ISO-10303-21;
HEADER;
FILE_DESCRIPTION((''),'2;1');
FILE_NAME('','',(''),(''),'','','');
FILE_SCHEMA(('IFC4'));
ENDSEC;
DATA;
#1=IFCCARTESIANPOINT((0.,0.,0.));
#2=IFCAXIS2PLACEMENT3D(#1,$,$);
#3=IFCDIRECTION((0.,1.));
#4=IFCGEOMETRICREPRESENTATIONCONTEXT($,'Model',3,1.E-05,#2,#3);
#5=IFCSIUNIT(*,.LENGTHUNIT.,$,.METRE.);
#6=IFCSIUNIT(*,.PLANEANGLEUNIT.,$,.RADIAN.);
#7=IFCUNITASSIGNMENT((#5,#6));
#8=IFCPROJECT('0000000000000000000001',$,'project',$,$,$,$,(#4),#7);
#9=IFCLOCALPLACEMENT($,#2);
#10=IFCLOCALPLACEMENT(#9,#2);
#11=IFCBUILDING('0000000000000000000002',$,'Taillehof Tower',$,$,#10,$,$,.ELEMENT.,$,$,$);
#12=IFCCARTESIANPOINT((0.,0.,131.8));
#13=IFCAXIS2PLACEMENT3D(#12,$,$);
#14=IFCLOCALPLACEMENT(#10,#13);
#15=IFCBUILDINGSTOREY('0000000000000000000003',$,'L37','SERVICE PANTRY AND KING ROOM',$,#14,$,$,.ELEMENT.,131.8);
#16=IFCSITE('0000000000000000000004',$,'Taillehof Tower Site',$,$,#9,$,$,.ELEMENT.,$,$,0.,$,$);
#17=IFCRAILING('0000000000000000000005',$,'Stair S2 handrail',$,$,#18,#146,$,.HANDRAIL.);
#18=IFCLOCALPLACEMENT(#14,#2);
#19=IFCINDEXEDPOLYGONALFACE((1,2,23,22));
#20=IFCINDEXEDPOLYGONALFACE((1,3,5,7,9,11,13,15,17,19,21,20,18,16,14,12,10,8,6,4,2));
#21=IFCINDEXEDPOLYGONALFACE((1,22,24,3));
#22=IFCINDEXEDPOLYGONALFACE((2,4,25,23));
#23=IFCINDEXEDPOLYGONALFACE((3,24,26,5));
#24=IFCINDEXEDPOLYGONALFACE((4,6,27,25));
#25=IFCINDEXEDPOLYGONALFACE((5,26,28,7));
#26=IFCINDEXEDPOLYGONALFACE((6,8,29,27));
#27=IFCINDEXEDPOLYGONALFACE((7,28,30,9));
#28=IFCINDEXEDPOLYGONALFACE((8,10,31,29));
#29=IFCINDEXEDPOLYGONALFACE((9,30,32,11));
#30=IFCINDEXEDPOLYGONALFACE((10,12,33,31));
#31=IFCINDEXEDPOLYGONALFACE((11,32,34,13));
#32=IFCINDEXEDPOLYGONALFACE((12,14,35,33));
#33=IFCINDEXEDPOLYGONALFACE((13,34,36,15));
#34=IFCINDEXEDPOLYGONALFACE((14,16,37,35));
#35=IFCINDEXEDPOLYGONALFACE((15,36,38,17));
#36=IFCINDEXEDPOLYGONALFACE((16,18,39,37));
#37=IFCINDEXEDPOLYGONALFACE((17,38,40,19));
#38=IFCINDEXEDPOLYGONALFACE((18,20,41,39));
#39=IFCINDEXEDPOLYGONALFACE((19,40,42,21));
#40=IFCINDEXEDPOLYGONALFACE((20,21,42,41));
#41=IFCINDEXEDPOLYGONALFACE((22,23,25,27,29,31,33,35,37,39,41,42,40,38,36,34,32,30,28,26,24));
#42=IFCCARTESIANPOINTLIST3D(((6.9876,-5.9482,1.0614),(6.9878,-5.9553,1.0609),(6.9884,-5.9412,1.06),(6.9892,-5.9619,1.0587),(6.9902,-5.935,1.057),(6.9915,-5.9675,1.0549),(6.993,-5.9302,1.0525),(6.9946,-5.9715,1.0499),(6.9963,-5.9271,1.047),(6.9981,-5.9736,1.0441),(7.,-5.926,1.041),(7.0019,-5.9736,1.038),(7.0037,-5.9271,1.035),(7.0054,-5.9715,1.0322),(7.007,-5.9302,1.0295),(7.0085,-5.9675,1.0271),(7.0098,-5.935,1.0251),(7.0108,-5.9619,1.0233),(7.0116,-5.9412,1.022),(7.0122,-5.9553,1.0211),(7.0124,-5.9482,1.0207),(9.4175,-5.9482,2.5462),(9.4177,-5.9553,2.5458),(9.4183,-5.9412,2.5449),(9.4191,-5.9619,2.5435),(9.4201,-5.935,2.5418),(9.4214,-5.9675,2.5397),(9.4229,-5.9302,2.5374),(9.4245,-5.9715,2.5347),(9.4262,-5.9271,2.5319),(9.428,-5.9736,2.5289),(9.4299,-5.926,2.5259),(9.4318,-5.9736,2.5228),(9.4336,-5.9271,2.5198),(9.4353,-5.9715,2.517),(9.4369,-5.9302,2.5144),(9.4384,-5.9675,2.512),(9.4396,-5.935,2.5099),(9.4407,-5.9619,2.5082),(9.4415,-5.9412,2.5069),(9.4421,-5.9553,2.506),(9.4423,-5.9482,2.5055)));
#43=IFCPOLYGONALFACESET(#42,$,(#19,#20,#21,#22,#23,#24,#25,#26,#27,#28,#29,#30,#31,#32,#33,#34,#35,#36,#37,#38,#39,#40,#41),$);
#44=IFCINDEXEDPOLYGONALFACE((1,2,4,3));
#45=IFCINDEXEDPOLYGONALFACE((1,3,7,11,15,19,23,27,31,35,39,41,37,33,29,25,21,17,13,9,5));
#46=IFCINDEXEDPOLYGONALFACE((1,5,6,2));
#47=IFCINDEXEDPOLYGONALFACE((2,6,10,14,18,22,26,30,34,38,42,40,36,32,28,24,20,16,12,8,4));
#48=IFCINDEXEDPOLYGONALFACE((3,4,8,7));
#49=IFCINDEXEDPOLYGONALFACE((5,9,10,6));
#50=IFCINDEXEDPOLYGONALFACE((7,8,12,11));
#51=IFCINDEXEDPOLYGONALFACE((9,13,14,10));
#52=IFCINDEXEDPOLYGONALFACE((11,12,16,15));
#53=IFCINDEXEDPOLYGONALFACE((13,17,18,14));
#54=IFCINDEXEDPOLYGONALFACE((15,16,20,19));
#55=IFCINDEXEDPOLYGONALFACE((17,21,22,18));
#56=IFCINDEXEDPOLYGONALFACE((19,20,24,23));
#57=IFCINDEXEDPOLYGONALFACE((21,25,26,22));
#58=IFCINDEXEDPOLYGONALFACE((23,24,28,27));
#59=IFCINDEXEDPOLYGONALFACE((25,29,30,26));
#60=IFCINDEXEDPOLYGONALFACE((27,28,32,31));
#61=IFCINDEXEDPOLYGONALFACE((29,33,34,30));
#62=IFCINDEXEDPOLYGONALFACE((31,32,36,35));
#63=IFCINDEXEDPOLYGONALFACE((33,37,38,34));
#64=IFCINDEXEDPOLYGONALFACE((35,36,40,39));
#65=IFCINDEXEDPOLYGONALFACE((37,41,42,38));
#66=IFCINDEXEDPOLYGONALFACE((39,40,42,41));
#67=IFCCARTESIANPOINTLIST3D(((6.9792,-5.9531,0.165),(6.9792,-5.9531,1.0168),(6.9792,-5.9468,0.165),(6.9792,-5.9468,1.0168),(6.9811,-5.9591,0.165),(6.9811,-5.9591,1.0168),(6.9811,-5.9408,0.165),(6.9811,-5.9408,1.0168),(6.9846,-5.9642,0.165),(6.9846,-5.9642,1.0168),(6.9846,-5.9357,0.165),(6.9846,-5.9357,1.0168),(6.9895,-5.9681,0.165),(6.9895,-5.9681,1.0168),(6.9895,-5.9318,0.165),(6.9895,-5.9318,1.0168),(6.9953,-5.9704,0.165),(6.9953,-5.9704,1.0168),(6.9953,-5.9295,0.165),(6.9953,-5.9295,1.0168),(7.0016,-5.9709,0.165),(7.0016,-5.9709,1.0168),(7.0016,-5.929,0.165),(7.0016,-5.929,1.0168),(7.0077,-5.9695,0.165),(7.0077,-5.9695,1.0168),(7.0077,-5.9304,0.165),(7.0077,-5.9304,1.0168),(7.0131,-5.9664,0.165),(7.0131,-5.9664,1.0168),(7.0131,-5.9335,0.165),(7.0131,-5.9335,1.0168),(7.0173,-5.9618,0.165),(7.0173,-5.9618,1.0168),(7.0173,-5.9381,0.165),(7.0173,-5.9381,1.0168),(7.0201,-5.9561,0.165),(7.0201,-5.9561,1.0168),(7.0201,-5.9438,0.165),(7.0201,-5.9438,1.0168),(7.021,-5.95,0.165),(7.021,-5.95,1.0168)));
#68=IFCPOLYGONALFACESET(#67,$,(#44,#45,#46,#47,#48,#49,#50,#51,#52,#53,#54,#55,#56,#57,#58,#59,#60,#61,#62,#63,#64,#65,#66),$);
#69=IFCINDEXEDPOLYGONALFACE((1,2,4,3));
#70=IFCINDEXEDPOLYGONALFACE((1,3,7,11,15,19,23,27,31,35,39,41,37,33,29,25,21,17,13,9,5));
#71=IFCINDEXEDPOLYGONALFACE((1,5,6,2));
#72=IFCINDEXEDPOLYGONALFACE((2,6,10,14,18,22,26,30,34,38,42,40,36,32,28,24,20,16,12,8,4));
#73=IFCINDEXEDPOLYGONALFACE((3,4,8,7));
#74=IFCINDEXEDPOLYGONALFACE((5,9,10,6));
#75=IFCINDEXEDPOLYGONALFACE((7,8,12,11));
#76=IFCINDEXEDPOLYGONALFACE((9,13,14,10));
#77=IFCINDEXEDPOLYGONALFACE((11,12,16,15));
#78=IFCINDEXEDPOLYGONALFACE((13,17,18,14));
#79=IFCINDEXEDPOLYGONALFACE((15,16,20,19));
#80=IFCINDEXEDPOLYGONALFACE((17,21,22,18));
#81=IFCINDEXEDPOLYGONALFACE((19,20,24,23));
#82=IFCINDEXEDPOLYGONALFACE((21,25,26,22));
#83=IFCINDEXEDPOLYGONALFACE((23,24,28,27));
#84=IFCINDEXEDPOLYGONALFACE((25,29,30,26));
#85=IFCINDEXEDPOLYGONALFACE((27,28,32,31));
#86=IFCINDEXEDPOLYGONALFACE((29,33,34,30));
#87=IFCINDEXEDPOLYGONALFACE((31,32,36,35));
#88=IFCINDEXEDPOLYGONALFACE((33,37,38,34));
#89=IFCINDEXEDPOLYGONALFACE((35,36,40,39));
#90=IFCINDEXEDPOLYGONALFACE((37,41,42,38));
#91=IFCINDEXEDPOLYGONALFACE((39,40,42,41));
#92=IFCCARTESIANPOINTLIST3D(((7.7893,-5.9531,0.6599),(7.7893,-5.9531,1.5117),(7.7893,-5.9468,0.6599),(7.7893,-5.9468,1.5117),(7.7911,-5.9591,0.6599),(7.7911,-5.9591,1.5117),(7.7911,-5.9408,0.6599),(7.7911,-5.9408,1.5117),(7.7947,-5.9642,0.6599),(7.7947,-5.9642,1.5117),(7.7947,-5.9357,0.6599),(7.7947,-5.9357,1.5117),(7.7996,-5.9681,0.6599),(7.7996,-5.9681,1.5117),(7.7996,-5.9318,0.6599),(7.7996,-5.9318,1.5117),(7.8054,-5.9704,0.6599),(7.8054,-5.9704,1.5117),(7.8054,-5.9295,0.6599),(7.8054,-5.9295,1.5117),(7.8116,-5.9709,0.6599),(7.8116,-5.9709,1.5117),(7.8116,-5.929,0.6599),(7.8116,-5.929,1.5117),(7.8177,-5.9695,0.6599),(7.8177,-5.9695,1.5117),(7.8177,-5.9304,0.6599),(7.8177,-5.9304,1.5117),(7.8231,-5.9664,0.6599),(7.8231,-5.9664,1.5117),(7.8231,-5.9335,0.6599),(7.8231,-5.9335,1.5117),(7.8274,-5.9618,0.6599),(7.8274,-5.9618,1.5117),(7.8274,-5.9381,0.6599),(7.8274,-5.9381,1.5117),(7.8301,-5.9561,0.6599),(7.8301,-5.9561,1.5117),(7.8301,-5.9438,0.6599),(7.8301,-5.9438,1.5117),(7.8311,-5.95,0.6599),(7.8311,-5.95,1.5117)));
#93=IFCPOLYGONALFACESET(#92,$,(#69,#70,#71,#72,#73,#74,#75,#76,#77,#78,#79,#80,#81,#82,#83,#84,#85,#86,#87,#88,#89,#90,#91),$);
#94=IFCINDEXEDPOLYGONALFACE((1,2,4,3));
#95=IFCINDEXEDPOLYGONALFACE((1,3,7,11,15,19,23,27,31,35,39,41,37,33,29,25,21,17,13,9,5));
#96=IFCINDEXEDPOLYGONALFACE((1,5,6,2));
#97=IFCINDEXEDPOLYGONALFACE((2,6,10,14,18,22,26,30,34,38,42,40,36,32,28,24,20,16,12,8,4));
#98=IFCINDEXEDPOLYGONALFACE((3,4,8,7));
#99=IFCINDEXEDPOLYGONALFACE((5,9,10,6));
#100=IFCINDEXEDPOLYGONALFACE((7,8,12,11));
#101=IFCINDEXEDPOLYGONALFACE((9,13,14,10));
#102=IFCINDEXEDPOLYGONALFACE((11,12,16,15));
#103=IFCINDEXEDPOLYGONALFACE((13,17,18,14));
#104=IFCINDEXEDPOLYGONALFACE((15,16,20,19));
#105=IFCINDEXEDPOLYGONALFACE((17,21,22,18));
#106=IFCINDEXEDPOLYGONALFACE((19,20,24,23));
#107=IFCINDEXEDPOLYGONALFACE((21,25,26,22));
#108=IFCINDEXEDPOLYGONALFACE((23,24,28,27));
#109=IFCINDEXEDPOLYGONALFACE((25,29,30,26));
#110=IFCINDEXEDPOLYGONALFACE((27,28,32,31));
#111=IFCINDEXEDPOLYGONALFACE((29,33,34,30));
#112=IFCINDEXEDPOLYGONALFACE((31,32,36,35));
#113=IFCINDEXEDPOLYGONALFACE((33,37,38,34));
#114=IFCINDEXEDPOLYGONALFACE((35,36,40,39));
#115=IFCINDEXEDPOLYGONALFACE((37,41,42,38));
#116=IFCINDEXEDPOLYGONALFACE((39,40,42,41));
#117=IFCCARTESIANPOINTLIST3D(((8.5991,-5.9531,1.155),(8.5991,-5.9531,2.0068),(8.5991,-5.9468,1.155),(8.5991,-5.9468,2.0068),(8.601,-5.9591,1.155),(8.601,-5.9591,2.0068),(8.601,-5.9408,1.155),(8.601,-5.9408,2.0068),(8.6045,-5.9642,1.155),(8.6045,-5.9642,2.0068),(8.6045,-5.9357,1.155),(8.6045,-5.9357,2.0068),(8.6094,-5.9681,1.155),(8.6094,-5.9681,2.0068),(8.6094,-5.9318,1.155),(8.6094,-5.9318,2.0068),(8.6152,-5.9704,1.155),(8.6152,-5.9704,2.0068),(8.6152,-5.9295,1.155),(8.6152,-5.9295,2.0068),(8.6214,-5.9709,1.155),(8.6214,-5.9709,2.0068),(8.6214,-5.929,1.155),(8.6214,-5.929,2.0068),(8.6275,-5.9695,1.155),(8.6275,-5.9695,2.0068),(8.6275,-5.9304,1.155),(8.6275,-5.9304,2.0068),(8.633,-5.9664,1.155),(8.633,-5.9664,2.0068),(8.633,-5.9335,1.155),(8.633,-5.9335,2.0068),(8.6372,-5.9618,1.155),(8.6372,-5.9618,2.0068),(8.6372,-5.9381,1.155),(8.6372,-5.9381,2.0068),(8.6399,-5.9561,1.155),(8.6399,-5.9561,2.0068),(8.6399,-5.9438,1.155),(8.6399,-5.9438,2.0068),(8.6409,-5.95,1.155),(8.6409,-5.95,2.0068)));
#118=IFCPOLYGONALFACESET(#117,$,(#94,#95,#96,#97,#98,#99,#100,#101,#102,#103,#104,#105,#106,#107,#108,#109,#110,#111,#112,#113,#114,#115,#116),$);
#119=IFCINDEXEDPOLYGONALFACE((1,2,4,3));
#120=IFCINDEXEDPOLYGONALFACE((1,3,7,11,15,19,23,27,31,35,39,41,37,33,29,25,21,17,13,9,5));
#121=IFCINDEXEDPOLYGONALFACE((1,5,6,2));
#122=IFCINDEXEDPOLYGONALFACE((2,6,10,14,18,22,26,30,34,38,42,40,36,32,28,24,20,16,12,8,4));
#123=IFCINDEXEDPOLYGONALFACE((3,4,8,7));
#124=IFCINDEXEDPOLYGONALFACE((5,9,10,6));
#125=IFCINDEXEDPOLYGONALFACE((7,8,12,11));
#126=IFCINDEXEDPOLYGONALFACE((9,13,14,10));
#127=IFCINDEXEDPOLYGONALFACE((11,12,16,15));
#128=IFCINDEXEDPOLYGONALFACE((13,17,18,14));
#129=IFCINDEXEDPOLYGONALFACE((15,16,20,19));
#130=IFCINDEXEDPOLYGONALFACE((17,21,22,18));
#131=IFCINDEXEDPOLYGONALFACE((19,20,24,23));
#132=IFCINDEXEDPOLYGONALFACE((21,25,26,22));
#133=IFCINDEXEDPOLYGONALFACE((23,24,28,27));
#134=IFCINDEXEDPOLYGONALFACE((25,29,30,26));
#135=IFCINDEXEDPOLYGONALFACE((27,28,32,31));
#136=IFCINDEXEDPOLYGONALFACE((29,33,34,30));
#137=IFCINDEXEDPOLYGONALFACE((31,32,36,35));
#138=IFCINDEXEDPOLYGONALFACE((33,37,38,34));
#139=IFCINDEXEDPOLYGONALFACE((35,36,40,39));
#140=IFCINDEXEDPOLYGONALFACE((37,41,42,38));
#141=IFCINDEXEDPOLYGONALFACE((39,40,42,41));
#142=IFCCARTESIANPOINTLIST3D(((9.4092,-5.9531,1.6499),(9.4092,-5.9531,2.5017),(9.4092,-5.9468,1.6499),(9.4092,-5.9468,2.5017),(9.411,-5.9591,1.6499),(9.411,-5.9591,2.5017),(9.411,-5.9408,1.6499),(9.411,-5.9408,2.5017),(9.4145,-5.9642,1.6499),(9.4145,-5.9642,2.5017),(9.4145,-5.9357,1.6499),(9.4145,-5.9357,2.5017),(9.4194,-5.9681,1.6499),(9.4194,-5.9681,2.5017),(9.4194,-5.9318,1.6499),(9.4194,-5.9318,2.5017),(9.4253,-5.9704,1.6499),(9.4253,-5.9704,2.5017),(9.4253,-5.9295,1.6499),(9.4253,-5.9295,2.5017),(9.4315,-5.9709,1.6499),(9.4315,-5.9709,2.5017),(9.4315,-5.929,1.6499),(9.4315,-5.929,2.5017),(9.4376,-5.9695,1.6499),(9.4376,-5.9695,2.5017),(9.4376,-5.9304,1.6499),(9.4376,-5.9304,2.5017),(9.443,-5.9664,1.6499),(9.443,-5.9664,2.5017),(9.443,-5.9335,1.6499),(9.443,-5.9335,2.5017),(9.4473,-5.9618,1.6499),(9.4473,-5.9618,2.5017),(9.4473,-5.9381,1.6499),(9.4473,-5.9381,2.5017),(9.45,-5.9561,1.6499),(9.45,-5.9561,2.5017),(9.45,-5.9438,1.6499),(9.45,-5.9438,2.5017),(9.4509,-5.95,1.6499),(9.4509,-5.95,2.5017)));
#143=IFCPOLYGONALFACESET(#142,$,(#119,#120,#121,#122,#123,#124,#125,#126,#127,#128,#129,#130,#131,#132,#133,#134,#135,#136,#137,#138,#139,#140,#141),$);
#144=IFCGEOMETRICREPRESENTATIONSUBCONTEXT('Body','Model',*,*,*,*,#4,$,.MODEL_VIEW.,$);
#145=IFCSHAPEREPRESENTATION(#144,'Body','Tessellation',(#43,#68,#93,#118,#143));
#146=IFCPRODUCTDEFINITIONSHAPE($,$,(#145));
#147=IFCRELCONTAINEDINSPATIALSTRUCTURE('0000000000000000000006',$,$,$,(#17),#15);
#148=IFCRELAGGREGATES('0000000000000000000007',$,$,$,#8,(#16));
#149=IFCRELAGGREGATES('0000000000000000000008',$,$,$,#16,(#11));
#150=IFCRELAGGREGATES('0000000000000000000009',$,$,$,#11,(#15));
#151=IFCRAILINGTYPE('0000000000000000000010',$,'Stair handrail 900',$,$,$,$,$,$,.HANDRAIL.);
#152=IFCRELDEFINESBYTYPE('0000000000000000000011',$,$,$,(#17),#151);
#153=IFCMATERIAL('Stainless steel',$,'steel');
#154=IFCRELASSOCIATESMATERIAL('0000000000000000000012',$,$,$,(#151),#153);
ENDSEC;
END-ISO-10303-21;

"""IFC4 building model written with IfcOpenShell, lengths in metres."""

from ifc_helpers import new_model, si_unit, direction, frame, origin, origin_2d, place, context, subcontext, project, spatial, circle, extrude, material, type_object, element, save


model = new_model("IFC4")

# Units and contexts
model_context = context("Model", 3, precision=1e-05, world=origin(), true_north=direction((0.0, 1.0)))
body_context = subcontext(model_context, "Body", "Model", "MODEL_VIEW")
ifc_project = project(units=[si_unit("LENGTHUNIT", "METRE"), si_unit("PLANEANGLEUNIT", "RADIAN")], contexts=[model_context])

# Site, building, storey
site_placement = place(None, origin())
site = spatial("IfcSite", under=ifc_project, at=site_placement, Name="Taillehof Tower Site", CompositionType="ELEMENT", RefElevation=0.0)
building_placement = place(site_placement, origin())
building = spatial("IfcBuilding", under=site, at=building_placement, Name="Taillehof Tower", CompositionType="ELEMENT")
storey_placement = place(building_placement, frame((0.0, 0.0, 131.8)))
storey = spatial("IfcBuildingStorey", under=building, at=storey_placement, Name="L37", Description="SERVICE PANTRY AND KING ROOM", CompositionType="ELEMENT", Elevation=131.8)

# Railing
ifc_material_1 = material(Name="Stainless steel", Category="steel")
railing_type = type_object("IfcRailingType", Name="Stair handrail 900", PredefinedType="HANDRAIL", material=ifc_material_1)
railing_1_placement = place(storey_placement, frame((7.0, -5.95, 0.165)))
element("IfcRailing", 1, at=railing_1_placement, inside=storey, type_object=railing_type, Name="Stair S2 handrail", PredefinedType="HANDRAIL", context=body_context, shape_type="SweptSolid", body=[
    extrude(circle(Radius=0.0239, at=origin_2d()), frame((0.0, 0.0, 0.876), z_axis=(0.853297, 0.0, 0.521426), x_axis=(0.0, 1.0, 0.0)), (0.0, 0.0, 1.0), 2.8477),
    extrude(circle(Radius=0.021, at=origin_2d()), origin(), (0.0, 0.0, 1.0), 0.8518),
    extrude(circle(Radius=0.021, at=origin_2d()), frame((0.8101, 0.0, 0.4949)), (0.0, 0.0, 1.0), 0.8518),
    extrude(circle(Radius=0.021, at=origin_2d()), frame((1.6199, 0.0, 0.99)), (0.0, 0.0, 1.0), 0.8518),
    extrude(circle(Radius=0.021, at=origin_2d()), frame((2.4299, 0.0, 1.4849)), (0.0, 0.0, 1.0), 0.8518),
])

save(model, "model.ifc")
